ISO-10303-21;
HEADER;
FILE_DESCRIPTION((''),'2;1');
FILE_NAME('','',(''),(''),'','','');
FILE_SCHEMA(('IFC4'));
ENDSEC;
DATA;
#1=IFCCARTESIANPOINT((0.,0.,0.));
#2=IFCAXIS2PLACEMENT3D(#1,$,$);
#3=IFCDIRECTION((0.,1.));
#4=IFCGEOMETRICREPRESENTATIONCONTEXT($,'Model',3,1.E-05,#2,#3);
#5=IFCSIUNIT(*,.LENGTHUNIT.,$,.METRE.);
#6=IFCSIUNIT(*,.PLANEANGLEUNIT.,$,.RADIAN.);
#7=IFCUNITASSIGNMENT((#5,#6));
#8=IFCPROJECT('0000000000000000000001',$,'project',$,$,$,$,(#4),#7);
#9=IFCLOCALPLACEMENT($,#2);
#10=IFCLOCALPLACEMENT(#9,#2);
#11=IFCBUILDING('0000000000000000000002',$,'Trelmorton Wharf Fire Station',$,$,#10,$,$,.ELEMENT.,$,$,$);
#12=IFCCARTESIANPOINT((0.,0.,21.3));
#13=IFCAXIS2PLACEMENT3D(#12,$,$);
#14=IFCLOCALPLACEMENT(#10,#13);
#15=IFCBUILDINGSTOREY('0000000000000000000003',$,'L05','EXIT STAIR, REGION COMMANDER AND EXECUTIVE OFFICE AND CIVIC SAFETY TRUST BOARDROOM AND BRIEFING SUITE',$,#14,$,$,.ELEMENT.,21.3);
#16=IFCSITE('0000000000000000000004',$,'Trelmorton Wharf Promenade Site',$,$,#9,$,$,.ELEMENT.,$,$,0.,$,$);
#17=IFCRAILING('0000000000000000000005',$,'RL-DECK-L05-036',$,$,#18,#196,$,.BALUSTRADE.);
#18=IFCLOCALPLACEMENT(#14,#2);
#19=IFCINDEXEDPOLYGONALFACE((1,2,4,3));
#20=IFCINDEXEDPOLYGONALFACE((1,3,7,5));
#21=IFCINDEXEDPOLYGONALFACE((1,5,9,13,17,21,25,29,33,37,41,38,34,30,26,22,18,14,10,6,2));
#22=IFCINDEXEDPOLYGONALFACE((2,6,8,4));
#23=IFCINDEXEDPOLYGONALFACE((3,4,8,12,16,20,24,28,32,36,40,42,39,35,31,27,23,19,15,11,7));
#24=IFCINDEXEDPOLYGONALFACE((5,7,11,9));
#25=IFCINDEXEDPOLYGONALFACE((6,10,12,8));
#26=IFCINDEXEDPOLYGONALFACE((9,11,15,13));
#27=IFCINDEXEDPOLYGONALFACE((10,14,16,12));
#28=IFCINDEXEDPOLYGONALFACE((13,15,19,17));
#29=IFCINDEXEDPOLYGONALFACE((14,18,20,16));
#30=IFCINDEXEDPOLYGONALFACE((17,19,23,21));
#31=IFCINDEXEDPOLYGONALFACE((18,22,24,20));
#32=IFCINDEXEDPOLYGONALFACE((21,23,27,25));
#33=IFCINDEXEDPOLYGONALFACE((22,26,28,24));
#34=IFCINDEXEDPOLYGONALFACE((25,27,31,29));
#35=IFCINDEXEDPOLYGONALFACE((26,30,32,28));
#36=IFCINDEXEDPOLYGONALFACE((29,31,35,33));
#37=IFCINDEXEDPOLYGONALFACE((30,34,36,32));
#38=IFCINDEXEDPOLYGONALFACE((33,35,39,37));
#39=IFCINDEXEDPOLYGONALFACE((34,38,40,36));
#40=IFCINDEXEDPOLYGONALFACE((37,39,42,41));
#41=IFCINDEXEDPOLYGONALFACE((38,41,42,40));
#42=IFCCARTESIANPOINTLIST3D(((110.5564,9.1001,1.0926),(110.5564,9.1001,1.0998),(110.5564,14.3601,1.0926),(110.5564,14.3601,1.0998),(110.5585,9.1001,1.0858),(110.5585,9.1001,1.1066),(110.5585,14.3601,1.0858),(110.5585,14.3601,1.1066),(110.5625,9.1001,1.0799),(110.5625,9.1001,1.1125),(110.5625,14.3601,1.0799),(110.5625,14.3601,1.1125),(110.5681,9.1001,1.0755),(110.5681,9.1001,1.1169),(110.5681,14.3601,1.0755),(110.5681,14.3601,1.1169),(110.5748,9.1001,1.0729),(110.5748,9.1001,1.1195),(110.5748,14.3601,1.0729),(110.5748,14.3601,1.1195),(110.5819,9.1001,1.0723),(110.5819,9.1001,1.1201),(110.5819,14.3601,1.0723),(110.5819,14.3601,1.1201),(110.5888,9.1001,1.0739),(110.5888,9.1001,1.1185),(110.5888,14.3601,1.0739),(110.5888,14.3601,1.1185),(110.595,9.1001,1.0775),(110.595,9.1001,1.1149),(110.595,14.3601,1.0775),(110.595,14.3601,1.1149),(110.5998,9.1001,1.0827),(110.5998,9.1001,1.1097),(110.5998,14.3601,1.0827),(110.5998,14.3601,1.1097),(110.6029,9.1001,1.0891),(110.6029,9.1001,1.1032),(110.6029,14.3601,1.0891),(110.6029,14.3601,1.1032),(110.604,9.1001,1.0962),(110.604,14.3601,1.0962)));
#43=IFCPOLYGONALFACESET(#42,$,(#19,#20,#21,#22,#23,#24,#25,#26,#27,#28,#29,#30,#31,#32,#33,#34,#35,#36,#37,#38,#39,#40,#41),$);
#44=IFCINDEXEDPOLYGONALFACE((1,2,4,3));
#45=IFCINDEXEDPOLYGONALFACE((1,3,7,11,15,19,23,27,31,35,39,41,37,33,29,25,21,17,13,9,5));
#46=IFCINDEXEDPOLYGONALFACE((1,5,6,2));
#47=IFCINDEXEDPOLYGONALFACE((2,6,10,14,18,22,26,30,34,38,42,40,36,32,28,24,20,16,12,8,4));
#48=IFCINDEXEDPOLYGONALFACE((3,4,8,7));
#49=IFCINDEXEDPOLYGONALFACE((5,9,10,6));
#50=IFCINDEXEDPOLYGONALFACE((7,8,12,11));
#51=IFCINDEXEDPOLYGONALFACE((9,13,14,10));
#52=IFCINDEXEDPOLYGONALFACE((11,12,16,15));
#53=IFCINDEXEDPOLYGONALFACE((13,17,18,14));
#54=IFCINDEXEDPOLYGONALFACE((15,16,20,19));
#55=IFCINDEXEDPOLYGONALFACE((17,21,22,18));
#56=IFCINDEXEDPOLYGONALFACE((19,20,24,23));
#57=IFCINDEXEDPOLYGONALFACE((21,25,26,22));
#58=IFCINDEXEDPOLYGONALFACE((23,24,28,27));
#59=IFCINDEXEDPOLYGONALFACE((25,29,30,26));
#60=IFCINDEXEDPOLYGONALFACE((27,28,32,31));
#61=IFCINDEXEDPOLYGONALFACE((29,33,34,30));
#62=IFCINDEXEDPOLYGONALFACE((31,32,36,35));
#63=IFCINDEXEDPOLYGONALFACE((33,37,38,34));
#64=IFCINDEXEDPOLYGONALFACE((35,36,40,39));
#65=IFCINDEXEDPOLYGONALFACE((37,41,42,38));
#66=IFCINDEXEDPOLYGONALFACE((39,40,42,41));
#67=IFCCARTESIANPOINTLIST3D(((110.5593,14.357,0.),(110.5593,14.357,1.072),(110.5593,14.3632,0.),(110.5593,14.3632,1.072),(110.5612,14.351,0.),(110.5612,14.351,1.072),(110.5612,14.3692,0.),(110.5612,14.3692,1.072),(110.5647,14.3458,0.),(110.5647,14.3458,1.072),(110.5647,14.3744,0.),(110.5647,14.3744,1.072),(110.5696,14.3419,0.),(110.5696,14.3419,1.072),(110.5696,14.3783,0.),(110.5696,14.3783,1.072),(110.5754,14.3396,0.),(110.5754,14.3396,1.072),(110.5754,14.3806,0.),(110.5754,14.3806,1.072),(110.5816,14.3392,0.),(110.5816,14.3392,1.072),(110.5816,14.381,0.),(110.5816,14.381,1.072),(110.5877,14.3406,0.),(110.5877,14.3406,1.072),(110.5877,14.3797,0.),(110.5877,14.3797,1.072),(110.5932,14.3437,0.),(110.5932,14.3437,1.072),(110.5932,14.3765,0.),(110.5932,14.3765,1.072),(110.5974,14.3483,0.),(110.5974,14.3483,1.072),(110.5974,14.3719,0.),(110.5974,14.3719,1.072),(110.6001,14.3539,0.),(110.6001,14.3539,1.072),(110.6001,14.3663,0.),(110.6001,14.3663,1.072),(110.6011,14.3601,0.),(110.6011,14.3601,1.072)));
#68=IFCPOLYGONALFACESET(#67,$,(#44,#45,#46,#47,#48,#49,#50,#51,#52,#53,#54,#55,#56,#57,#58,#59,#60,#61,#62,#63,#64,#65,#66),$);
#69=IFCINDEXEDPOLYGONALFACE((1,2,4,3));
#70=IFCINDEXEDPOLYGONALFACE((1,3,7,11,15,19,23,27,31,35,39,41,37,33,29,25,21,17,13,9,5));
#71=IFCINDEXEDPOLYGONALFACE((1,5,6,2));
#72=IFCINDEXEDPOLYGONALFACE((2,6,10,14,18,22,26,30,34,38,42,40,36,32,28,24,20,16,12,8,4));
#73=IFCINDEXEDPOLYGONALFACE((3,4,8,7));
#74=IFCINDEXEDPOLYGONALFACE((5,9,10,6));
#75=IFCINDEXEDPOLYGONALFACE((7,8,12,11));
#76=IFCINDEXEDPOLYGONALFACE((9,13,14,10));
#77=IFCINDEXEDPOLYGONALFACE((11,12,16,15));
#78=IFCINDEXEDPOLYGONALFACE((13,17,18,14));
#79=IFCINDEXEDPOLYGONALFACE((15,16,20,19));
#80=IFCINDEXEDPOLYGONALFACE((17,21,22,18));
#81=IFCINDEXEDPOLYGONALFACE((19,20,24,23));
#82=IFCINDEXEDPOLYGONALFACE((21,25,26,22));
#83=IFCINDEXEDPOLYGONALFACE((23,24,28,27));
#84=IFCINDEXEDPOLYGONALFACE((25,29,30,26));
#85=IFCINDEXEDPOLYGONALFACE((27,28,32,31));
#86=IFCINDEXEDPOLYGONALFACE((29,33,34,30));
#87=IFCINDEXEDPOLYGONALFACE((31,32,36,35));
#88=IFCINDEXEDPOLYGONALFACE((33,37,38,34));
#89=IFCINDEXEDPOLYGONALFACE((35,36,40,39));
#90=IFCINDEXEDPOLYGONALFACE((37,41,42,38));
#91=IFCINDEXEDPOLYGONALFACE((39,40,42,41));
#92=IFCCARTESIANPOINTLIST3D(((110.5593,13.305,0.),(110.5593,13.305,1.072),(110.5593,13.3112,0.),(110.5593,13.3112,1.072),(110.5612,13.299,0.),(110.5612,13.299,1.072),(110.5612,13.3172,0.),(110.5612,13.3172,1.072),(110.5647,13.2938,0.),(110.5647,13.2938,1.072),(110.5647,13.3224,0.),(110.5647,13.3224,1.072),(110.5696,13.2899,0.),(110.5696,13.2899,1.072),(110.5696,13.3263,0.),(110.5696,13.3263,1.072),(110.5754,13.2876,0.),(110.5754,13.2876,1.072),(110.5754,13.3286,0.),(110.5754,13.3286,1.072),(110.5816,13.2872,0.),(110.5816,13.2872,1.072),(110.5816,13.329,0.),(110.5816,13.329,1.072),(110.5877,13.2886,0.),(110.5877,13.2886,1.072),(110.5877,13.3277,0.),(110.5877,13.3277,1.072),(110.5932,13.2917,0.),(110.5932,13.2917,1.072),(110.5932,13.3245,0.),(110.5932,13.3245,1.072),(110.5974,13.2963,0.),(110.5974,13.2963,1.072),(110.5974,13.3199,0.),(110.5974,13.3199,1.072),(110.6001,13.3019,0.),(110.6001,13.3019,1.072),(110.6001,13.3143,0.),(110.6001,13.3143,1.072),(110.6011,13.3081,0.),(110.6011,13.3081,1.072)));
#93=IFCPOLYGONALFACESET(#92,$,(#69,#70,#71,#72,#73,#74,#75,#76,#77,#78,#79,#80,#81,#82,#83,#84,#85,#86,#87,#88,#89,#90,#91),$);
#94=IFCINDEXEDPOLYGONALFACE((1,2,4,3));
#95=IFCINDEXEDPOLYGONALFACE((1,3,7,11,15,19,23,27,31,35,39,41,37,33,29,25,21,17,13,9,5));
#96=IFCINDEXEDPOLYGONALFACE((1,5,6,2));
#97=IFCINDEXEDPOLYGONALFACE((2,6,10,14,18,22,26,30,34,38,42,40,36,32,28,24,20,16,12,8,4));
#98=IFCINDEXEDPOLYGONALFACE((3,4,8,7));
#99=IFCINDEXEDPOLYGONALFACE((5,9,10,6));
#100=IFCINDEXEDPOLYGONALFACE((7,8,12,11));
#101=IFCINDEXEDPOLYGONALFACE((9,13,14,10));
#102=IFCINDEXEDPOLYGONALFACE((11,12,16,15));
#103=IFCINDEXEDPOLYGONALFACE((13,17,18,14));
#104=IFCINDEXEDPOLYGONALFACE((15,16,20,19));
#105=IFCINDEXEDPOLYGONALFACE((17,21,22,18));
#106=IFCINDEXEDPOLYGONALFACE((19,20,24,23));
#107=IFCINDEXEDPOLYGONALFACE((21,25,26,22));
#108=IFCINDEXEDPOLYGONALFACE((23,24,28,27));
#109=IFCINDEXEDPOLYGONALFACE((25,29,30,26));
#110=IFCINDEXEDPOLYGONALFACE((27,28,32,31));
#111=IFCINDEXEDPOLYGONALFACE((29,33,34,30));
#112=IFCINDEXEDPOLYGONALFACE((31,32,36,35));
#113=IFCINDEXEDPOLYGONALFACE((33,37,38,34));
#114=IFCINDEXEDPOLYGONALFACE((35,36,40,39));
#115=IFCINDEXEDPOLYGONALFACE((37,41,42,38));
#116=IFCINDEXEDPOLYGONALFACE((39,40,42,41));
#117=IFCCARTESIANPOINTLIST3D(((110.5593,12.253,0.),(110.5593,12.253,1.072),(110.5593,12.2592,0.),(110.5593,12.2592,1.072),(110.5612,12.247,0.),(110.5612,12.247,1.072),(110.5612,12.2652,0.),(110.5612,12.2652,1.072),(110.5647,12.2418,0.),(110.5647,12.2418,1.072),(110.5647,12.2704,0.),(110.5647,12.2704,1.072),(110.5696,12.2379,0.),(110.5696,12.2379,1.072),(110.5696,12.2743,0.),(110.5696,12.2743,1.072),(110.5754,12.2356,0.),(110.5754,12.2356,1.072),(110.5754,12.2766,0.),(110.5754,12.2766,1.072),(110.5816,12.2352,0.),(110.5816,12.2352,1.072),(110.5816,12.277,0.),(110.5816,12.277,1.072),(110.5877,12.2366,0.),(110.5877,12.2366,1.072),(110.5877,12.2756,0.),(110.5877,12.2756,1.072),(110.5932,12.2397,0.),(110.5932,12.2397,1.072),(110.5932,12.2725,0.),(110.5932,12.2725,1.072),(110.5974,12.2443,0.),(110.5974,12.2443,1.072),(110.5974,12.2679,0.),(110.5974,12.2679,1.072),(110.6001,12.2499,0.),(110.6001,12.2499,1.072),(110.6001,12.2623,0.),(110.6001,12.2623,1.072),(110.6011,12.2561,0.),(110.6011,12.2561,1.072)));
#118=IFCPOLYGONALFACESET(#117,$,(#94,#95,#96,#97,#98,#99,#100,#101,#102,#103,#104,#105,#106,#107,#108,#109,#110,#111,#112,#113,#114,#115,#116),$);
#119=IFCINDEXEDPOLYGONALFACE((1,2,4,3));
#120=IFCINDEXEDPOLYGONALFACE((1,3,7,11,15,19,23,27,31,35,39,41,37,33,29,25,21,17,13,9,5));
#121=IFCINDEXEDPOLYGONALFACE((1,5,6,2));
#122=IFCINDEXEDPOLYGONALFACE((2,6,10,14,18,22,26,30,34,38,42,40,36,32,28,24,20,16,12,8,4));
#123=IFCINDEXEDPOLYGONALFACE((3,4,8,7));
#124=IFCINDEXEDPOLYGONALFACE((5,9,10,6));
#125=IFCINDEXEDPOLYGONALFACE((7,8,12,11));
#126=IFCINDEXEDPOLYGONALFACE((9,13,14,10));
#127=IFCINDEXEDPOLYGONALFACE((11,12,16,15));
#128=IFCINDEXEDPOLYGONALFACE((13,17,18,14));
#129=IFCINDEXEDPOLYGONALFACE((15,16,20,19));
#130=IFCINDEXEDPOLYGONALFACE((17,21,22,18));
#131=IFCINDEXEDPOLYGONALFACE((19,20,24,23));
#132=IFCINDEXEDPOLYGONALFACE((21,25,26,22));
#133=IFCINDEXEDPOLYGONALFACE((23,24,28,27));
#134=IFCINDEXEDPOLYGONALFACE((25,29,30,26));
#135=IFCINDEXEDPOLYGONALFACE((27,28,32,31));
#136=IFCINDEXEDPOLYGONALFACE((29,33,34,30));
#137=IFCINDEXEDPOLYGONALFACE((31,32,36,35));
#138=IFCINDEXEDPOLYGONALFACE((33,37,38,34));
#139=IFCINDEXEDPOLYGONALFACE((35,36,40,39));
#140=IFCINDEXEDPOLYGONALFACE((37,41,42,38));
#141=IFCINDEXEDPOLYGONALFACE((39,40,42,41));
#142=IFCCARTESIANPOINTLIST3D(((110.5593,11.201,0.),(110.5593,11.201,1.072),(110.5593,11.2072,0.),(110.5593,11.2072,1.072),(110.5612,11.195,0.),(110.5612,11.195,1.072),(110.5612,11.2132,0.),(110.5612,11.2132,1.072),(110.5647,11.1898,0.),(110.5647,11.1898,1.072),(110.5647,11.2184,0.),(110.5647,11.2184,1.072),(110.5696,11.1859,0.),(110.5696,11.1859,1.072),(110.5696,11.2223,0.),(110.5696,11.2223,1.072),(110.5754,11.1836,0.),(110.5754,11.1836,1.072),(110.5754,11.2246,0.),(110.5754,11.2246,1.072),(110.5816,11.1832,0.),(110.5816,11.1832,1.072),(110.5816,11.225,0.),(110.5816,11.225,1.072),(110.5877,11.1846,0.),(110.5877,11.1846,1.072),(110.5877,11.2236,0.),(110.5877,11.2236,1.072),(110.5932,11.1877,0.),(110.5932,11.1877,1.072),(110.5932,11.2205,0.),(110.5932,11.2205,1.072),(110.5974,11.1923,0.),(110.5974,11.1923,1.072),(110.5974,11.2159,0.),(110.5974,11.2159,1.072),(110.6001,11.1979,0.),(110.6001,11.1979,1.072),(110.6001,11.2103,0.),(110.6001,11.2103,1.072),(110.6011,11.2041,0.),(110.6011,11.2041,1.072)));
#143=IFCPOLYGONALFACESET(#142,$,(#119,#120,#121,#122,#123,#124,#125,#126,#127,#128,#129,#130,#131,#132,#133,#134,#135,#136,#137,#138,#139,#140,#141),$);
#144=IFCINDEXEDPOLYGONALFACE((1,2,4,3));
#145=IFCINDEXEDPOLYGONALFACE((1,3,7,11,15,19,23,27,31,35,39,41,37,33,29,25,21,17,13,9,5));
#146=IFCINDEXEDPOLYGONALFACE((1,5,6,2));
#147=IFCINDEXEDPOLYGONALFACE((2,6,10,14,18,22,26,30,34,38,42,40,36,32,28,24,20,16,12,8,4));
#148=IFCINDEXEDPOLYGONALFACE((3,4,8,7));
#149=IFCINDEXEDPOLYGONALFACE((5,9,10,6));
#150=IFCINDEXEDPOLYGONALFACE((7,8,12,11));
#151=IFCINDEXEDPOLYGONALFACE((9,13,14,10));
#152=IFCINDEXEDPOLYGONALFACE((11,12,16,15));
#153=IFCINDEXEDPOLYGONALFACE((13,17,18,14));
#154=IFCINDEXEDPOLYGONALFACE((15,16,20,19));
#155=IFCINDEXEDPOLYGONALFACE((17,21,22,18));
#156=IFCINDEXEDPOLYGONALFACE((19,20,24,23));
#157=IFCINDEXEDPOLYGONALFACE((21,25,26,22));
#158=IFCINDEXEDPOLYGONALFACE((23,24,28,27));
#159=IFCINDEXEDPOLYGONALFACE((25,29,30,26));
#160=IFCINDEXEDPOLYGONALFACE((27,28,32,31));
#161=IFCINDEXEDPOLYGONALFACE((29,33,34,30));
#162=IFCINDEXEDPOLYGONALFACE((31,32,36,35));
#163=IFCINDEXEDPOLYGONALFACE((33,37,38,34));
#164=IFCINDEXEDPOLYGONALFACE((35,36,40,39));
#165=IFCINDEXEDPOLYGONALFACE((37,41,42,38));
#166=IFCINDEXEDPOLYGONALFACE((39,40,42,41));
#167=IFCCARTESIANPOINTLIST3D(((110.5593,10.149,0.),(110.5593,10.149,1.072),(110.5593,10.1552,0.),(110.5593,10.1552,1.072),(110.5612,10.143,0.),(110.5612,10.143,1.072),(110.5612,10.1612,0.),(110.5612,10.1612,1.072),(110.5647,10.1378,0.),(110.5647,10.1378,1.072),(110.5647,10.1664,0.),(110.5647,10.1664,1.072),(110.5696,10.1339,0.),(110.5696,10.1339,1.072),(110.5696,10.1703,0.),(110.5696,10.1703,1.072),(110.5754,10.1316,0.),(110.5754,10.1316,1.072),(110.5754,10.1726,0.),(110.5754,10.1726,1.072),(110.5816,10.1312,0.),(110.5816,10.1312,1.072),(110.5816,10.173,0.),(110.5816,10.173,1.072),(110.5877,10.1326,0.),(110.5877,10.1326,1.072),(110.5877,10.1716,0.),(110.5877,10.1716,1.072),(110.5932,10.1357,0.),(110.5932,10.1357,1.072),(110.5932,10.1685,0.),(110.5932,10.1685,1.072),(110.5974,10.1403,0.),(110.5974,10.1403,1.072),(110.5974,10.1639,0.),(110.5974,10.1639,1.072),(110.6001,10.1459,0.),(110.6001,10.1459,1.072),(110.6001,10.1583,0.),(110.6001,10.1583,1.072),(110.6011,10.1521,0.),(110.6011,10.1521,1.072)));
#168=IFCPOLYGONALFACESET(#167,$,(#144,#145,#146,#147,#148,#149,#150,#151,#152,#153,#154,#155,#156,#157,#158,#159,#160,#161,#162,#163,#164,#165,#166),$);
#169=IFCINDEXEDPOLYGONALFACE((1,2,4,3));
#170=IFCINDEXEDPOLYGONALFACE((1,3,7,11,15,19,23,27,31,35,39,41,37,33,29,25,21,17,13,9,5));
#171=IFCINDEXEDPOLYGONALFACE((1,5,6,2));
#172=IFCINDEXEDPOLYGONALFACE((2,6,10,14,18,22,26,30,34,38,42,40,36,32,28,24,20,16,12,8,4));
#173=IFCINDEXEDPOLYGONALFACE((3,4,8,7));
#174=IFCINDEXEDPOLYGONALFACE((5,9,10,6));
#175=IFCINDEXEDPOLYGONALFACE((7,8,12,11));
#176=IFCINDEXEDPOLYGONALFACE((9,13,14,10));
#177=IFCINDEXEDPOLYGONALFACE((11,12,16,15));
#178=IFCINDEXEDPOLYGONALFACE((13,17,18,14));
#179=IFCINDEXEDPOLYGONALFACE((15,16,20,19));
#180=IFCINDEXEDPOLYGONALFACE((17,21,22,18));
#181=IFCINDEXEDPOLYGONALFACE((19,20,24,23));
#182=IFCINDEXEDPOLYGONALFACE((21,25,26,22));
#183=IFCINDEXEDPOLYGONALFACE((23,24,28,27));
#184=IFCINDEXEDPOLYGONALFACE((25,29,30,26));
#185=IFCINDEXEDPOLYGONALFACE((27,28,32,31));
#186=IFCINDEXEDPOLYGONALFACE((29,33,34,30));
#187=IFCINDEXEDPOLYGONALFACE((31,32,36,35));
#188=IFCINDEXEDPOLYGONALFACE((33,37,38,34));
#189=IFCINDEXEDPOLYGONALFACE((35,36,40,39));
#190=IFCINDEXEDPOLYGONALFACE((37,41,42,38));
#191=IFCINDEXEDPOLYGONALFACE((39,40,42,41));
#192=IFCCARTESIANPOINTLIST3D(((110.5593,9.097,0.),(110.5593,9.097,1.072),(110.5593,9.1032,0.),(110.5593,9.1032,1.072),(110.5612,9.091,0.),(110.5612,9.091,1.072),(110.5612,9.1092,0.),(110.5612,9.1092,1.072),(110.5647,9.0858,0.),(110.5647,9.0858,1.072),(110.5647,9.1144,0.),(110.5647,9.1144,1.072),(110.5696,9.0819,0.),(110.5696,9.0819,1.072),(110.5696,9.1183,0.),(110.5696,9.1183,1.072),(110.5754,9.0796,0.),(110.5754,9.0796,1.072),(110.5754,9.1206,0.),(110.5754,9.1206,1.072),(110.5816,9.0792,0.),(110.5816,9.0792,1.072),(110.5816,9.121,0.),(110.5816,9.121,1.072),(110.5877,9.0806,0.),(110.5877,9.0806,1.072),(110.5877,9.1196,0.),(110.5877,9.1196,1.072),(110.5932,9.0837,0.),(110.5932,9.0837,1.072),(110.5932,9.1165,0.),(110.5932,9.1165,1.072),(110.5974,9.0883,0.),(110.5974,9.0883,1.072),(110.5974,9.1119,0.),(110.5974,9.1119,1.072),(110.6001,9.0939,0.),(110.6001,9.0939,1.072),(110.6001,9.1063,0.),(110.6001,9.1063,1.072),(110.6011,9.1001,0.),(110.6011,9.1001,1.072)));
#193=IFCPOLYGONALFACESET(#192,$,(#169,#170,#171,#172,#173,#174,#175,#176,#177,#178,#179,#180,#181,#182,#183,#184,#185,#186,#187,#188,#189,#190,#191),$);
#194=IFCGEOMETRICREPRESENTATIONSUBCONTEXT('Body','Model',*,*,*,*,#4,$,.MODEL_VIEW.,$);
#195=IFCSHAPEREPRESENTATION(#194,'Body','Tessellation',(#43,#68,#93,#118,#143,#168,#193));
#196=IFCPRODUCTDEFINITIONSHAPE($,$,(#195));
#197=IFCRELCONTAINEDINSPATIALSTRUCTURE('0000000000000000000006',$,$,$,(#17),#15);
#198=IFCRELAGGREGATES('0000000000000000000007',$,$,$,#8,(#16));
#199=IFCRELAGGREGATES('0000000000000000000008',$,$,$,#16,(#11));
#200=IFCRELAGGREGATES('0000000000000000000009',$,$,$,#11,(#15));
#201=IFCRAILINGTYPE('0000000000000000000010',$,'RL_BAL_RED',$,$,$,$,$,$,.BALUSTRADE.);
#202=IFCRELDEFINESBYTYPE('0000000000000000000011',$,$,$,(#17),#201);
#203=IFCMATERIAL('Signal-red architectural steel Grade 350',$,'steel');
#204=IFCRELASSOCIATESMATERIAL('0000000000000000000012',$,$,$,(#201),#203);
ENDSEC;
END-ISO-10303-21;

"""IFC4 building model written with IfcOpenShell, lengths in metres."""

from ifc_helpers import new_model, si_unit, direction, frame, origin, origin_2d, place, context, subcontext, project, spatial, circle, extrude, material, type_object, element, save


model = new_model("IFC4")

# Units and contexts
model_context = context("Model", 3, precision=1e-05, world=origin(), true_north=direction((0.0, 1.0)))
body_context = subcontext(model_context, "Body", "Model", "MODEL_VIEW")
ifc_project = project(units=[si_unit("LENGTHUNIT", "METRE"), si_unit("PLANEANGLEUNIT", "RADIAN")], contexts=[model_context])

# Site, building, storey
site_placement = place(None, origin())
site = spatial("IfcSite", under=ifc_project, at=site_placement, Name="Trelmorton Wharf Promenade Site", CompositionType="ELEMENT", RefElevation=0.0)
building_placement = place(site_placement, origin())
building = spatial("IfcBuilding", under=site, at=building_placement, Name="Trelmorton Wharf Fire Station", CompositionType="ELEMENT")
storey_placement = place(building_placement, frame((0.0, 0.0, 21.3)))
storey = spatial("IfcBuildingStorey", under=building, at=storey_placement, Name="L05", Description="EXIT STAIR, REGION COMMANDER AND EXECUTIVE OFFICE AND CIVIC SAFETY TRUST BOARDROOM AND BRIEFING SUITE", CompositionType="ELEMENT", Elevation=21.3)

# Shared definitions
ifc_material_1 = material(Name="Signal-red architectural steel Grade 350", Category="steel")

# Railing
railing_type = type_object("IfcRailingType", Name="RL_BAL_RED", PredefinedType="BALUSTRADE", material=ifc_material_1)
railing_1_placement = place(storey_placement, frame((110.5801, 14.3601, 0.0)))
element("IfcRailing", 1, at=railing_1_placement, inside=storey, type_object=railing_type, Name="RL-DECK-L05-036", PredefinedType="BALUSTRADE", context=body_context, shape_type="SweptSolid", body=[
    extrude(circle(Radius=0.0239, at=origin_2d()), frame((0.0, 0.0, 1.0962), z_axis=(0.0, -1.0, 0.0), x_axis=(1.0, 0.0, 0.0)), (0.0, 0.0, 1.0), 5.26),
    extrude(circle(Radius=0.021, at=origin_2d()), origin(), (0.0, 0.0, 1.0), 1.072),
    extrude(circle(Radius=0.021, at=origin_2d()), frame((0.0, -1.052, 0.0)), (0.0, 0.0, 1.0), 1.072),
    extrude(circle(Radius=0.021, at=origin_2d()), frame((0.0, -2.104, 0.0)), (0.0, 0.0, 1.0), 1.072),
    extrude(circle(Radius=0.021, at=origin_2d()), frame((0.0, -3.156, 0.0)), (0.0, 0.0, 1.0), 1.072),
    extrude(circle(Radius=0.021, at=origin_2d()), frame((0.0, -4.208, 0.0)), (0.0, 0.0, 1.0), 1.072),
    extrude(circle(Radius=0.021, at=origin_2d()), frame((0.0, -5.26, 0.0)), (0.0, 0.0, 1.0), 1.072),
])

save(model, "model.ifc")
